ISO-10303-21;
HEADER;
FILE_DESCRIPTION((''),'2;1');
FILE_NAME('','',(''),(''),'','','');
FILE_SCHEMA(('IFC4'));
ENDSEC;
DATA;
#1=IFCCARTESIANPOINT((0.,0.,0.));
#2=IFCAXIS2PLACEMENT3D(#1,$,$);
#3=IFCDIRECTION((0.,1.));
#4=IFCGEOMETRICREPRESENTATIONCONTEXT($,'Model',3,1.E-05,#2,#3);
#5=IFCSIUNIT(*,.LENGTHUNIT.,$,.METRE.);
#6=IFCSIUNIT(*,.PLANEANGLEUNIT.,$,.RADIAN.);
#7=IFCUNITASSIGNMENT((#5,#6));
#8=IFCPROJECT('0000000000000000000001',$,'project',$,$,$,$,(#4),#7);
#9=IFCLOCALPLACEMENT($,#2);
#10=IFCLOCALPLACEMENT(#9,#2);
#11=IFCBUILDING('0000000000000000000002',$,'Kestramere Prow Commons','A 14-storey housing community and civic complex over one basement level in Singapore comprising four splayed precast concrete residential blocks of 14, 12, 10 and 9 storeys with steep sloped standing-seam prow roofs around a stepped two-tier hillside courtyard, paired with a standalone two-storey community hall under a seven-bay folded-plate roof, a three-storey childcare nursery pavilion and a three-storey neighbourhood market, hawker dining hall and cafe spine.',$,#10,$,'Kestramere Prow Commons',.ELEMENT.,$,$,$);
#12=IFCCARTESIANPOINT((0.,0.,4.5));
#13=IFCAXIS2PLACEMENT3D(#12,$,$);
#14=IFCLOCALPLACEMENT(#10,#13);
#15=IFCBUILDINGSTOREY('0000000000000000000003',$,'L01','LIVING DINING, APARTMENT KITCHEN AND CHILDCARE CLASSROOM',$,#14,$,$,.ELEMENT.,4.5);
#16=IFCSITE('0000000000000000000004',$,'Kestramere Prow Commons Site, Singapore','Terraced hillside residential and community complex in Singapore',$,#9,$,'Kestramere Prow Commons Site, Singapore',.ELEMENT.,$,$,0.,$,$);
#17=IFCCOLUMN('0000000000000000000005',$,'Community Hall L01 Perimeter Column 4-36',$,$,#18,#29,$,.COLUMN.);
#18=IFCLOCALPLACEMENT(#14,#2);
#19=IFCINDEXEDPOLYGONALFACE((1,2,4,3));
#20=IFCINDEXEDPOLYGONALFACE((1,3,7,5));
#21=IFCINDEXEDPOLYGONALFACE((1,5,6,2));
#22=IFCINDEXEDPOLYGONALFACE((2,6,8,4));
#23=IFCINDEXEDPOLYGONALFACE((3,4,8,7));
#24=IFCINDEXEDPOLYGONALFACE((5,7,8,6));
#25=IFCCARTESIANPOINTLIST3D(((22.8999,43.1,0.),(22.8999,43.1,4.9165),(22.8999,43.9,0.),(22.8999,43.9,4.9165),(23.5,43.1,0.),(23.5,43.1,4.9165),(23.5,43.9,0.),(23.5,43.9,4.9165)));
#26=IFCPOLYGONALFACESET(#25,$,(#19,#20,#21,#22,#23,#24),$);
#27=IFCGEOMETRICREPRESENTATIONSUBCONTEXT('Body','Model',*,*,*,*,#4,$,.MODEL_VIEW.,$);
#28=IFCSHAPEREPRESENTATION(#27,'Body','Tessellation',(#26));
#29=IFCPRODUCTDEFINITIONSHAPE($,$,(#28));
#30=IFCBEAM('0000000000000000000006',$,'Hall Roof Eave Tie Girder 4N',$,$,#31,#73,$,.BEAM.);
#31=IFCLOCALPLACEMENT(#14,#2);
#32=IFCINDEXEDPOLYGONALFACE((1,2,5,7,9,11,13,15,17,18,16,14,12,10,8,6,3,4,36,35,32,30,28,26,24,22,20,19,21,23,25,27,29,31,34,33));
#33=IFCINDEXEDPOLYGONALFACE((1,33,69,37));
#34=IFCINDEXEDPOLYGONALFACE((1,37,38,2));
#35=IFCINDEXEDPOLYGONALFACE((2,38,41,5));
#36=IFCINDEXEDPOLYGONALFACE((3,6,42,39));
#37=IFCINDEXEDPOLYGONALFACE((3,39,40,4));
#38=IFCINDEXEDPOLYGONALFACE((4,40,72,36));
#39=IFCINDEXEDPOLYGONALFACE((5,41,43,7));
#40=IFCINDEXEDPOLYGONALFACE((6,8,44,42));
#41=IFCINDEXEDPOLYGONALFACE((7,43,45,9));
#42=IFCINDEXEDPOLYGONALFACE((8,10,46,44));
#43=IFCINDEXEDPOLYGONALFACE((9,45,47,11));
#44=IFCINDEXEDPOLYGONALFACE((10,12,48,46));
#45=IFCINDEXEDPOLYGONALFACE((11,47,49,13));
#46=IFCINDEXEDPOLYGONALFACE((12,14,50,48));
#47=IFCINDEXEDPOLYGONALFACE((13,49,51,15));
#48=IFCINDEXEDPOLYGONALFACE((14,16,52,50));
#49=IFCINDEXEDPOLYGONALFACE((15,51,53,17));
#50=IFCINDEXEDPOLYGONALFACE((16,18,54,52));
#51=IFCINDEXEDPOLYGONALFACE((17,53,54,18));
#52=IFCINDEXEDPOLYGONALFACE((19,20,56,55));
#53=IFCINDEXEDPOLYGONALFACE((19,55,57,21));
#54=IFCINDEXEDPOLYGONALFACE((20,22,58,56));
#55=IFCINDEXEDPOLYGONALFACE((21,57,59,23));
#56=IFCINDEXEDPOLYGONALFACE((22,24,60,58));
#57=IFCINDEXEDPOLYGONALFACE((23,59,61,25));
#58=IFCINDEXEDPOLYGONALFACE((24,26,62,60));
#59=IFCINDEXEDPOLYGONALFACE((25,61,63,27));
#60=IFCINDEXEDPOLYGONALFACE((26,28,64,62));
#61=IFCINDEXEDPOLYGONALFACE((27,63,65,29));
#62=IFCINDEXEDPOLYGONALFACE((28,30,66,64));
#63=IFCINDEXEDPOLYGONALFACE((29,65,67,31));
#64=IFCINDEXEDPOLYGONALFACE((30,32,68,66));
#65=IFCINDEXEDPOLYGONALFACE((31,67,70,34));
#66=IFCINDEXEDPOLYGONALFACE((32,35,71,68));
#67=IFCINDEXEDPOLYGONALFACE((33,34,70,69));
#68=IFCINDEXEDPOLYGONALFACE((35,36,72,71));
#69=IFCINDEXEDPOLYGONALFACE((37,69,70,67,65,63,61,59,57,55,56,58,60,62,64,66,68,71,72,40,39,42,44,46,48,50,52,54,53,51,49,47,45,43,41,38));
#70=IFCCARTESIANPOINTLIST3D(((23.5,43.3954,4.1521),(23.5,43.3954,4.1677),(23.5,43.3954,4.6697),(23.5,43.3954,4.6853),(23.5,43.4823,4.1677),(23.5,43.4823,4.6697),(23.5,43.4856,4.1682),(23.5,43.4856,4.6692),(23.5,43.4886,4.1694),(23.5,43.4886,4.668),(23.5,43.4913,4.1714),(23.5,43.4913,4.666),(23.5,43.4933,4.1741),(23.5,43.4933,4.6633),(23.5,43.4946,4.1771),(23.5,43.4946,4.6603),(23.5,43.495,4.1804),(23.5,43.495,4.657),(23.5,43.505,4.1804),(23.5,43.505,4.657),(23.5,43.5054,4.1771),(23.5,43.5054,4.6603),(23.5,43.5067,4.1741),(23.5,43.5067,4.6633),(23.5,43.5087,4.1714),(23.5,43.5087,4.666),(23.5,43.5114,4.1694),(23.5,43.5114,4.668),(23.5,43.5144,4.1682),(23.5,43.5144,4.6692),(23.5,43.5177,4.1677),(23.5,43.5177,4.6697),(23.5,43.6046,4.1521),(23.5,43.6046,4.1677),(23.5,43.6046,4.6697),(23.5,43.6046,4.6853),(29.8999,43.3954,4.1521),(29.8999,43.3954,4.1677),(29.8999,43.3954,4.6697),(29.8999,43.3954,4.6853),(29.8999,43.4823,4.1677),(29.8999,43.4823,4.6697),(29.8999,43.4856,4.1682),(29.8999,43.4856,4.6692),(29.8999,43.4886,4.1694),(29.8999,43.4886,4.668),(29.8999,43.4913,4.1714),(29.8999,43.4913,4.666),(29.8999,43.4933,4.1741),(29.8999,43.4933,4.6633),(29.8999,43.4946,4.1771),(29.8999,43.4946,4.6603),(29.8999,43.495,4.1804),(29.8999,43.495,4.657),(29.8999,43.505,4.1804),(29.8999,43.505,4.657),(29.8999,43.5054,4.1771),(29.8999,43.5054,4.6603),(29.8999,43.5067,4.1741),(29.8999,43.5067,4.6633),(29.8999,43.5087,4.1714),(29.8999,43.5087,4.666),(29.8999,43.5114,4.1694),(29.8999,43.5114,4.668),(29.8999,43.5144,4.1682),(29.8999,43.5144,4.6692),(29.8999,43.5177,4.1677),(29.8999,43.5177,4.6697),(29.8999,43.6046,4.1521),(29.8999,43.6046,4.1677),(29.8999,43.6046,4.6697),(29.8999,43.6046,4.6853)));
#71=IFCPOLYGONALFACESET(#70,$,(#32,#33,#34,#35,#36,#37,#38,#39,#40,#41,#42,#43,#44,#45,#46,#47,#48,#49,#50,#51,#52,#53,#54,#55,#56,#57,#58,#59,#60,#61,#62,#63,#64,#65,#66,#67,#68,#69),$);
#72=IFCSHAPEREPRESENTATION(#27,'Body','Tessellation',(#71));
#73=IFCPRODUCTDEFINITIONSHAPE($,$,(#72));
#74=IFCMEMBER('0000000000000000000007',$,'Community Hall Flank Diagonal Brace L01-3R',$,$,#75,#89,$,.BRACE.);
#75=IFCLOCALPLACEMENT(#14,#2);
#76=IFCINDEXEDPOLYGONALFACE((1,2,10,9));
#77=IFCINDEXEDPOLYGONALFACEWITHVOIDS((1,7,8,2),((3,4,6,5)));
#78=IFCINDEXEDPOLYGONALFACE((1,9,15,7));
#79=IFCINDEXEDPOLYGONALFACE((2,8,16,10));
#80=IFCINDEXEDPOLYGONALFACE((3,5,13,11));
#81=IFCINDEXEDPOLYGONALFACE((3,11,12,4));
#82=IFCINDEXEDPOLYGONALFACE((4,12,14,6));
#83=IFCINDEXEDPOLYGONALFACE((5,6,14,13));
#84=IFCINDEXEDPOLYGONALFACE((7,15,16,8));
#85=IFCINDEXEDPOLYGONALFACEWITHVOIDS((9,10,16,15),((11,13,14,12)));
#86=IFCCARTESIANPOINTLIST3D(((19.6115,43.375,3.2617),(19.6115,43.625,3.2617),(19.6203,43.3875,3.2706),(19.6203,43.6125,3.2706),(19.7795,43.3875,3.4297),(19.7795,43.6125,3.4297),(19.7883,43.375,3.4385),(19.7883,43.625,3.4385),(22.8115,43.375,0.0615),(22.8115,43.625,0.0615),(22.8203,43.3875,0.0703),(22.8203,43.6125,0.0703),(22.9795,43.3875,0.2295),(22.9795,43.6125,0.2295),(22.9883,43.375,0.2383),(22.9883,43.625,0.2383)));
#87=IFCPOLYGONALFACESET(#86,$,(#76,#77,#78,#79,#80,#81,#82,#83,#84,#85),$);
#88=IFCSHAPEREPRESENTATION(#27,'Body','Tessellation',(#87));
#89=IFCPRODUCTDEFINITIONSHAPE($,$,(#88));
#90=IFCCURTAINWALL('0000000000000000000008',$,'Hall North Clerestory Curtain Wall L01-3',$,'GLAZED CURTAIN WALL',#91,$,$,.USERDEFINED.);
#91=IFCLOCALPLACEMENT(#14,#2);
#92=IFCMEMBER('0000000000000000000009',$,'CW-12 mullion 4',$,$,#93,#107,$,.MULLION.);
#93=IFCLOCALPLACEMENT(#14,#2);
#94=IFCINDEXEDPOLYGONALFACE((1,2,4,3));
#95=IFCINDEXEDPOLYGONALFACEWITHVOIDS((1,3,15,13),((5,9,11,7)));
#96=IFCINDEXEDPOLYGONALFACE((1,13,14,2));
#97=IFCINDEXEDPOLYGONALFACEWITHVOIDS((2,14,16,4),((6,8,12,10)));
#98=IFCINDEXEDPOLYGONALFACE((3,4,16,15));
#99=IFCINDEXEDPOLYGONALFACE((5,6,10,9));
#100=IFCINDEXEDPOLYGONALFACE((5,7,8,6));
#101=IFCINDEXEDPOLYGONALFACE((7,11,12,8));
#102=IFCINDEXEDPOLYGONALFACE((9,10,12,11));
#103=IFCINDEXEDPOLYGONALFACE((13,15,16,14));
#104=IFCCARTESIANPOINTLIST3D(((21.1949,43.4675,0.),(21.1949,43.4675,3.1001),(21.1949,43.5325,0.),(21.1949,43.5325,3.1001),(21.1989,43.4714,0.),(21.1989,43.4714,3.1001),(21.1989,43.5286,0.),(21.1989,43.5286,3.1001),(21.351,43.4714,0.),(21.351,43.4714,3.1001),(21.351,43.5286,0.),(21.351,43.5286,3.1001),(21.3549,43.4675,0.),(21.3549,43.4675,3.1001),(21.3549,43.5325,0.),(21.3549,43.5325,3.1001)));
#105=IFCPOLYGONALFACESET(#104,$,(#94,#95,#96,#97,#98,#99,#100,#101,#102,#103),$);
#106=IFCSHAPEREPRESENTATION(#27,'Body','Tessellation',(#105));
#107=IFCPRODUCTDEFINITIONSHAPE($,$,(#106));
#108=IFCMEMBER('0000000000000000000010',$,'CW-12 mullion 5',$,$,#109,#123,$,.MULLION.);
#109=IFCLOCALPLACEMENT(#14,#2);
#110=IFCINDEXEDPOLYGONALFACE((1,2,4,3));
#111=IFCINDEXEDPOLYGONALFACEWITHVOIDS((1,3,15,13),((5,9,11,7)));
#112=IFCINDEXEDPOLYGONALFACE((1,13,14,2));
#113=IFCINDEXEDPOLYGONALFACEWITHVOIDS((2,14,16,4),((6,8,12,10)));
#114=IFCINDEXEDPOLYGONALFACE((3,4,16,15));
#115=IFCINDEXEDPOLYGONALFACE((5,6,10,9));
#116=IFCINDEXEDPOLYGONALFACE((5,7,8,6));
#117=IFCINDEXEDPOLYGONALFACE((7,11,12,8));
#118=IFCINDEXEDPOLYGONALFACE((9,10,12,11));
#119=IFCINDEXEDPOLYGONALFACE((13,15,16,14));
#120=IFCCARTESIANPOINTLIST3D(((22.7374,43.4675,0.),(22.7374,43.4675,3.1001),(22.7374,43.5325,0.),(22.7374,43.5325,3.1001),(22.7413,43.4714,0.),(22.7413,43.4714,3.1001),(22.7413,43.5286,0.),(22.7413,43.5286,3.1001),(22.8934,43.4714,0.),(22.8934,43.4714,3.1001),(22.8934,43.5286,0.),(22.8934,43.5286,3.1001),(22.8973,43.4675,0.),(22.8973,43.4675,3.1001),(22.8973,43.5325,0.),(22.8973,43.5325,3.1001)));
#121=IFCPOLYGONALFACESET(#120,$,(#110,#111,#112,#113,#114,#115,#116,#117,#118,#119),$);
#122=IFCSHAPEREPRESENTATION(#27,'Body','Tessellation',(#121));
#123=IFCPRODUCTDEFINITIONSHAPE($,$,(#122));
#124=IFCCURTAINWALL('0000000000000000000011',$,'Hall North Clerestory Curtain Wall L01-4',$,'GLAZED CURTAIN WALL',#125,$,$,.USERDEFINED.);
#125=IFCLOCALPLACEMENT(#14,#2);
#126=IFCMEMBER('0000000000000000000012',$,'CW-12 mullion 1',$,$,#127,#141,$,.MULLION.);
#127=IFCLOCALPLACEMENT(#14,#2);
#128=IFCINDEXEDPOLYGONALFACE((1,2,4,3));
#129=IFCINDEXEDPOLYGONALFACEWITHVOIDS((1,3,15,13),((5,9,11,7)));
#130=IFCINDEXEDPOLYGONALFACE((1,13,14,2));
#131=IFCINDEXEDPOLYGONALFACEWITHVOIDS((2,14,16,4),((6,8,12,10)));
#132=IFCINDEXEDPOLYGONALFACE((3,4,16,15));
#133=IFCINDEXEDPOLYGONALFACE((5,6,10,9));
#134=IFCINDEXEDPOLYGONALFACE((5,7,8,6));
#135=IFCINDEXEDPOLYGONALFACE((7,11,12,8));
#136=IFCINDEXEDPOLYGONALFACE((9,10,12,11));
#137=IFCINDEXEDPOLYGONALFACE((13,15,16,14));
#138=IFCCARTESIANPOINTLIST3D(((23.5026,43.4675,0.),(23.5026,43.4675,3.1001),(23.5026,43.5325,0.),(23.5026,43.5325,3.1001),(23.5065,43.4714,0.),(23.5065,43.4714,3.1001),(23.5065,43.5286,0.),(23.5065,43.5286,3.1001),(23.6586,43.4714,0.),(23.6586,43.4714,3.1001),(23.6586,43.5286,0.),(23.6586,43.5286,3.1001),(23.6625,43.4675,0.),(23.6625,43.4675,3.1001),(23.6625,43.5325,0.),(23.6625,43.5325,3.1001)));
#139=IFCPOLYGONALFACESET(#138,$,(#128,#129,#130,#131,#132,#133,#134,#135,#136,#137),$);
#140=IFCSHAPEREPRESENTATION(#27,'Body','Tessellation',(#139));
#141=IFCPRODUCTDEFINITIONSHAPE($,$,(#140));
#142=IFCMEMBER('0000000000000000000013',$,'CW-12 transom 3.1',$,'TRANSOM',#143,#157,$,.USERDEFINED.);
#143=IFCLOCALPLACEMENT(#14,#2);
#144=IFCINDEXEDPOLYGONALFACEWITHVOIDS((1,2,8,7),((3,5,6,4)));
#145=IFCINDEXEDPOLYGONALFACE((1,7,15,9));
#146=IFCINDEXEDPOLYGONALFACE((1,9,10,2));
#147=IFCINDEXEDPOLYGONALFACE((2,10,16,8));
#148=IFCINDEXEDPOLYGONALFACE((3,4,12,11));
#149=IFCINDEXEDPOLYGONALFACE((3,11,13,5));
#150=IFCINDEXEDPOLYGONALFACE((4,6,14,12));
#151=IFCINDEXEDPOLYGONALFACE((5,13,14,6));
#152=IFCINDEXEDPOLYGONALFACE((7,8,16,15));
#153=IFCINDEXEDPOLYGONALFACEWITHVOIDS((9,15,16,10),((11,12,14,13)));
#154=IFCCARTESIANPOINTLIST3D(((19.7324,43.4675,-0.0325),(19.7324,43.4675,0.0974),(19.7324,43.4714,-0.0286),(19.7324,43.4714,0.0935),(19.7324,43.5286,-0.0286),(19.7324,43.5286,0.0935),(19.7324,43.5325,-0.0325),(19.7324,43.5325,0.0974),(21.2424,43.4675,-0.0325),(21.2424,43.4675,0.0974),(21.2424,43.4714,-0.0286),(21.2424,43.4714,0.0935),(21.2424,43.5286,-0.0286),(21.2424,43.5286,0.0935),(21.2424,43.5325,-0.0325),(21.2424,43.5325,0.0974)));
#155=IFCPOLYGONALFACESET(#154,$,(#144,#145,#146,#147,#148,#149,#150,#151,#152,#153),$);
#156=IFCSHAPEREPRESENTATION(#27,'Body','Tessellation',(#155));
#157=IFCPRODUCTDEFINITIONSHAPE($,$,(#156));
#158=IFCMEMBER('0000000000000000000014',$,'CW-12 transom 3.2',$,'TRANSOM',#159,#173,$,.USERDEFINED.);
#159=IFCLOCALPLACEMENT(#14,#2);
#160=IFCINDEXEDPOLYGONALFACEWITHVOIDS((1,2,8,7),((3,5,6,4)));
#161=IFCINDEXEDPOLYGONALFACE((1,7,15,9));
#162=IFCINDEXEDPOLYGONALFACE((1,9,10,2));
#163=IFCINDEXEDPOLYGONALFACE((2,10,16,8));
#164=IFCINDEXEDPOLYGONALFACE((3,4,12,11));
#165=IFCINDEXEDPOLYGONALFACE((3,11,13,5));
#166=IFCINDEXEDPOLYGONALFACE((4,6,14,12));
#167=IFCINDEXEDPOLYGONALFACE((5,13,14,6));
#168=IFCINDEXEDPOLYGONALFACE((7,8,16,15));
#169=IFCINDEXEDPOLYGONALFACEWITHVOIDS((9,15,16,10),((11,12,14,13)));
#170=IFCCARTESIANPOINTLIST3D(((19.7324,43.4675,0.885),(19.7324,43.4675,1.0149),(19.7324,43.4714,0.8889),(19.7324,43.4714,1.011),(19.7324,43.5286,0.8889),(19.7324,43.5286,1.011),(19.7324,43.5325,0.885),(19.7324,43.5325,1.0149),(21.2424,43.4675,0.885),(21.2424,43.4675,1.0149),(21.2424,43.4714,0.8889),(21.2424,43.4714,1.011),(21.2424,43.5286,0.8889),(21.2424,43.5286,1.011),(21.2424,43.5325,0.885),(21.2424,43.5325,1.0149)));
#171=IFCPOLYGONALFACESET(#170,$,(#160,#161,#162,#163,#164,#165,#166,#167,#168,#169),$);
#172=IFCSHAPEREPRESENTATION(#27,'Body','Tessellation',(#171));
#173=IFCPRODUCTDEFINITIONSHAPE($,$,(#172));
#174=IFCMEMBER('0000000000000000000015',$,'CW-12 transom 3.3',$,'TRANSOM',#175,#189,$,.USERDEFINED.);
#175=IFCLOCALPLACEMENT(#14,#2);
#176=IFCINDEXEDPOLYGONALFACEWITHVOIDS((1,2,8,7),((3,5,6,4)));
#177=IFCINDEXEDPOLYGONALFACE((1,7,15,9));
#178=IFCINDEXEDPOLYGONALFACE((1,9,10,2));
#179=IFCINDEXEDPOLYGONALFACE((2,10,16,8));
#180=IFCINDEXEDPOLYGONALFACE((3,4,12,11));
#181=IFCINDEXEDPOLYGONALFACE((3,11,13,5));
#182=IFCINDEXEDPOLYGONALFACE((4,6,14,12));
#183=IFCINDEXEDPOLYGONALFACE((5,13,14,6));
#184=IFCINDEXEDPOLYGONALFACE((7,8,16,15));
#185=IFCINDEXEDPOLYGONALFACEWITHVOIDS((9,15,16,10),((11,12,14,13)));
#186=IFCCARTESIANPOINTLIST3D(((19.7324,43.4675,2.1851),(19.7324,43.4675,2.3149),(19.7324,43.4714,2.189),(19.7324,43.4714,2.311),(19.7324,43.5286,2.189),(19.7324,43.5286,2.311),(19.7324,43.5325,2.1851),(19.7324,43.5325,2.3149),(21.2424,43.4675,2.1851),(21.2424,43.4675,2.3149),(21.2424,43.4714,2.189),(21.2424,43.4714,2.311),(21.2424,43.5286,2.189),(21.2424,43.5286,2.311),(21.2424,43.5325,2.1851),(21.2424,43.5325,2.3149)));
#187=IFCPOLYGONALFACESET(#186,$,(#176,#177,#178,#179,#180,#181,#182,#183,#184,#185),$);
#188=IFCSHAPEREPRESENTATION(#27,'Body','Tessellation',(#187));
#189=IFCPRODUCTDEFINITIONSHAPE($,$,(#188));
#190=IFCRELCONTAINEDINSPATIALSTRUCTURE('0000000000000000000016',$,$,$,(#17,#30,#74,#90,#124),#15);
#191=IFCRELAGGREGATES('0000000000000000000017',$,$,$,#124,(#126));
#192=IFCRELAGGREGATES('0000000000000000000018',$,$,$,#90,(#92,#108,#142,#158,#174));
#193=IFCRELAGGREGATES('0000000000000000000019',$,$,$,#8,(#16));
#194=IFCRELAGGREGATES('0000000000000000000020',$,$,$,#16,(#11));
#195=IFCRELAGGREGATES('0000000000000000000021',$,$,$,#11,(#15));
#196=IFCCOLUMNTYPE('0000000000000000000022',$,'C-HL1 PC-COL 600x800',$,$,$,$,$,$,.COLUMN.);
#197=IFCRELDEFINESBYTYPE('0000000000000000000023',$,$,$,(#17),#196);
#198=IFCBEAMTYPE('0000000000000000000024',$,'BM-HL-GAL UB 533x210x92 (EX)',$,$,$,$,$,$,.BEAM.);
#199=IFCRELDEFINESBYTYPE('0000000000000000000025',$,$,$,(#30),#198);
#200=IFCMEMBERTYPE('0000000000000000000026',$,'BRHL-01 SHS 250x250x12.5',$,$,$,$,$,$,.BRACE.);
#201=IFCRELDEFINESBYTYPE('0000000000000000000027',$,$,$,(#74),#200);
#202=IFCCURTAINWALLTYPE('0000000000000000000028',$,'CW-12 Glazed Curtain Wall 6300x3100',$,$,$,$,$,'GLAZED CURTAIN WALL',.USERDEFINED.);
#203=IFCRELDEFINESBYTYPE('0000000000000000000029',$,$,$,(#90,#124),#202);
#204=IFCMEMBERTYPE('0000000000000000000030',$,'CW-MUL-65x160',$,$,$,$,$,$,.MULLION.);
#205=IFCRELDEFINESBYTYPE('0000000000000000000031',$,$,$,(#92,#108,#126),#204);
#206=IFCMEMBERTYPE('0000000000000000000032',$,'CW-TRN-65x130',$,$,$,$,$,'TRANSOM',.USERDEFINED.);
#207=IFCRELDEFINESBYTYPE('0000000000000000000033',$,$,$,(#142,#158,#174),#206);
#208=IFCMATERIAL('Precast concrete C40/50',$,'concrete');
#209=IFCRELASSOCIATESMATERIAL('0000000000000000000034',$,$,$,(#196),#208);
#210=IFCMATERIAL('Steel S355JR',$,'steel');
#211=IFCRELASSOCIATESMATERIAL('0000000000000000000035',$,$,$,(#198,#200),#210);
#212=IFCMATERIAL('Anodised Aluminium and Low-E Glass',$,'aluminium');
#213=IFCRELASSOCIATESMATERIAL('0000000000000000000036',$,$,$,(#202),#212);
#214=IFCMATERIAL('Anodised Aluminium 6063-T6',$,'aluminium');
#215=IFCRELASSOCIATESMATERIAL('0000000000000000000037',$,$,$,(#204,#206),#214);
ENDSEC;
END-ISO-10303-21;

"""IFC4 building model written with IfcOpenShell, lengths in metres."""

from ifc_helpers import new_model, si_unit, direction, frame, origin, origin_2d, place, context, subcontext, project, spatial, rectangle, hollow_rectangle, i_section, extrude, material, material_profile, profile_set, type_object, element, aggregate, save


model = new_model("IFC4")

# Units and contexts
model_context = context("Model", 3, precision=1e-05, world=origin(), true_north=direction((0.0, 1.0)))
body_context = subcontext(model_context, "Body", "Model", "MODEL_VIEW")
ifc_project = project(units=[si_unit("LENGTHUNIT", "METRE"), si_unit("PLANEANGLEUNIT", "RADIAN")], contexts=[model_context])

# Site, building, storey
site_placement = place(None, origin())
site = spatial("IfcSite", under=ifc_project, at=site_placement, Name="Kestramere Prow Commons Site, Singapore", Description="Terraced hillside residential and community complex in Singapore", LongName="Kestramere Prow Commons Site, Singapore", CompositionType="ELEMENT", RefElevation=0.0)
building_placement = place(site_placement, origin())
building = spatial("IfcBuilding", under=site, at=building_placement, Name="Kestramere Prow Commons", Description="A 14-storey housing community and civic complex over one basement level in Singapore comprising four splayed precast concrete residential blocks of 14, 12, 10 and 9 storeys with steep sloped standing-seam prow roofs around a stepped two-tier hillside courtyard, paired with a standalone two-storey community hall under a seven-bay folded-plate roof, a three-storey childcare nursery pavilion and a three-storey neighbourhood market, hawker dining hall and cafe spine.", LongName="Kestramere Prow Commons", CompositionType="ELEMENT")
storey_placement = place(building_placement, frame((0.0, 0.0, 4.5)))
storey = spatial("IfcBuildingStorey", under=building, at=storey_placement, Name="L01", Description="LIVING DINING, APARTMENT KITCHEN AND CHILDCARE CLASSROOM", CompositionType="ELEMENT", Elevation=4.5)

# Column
ifc_material_1 = material(Name="Precast concrete C40/50", Category="concrete")
ifc_material_profile_1 = material_profile(ifc_material_1, rectangle(XDim=0.6001, YDim=0.8, at=origin_2d()), Name="PC-COL 600x800")
ifc_profile_set_1 = profile_set([ifc_material_profile_1], Name="Precast concrete C40/50")
column_type = type_object("IfcColumnType", Name="C-HL1 PC-COL 600x800", PredefinedType="COLUMN", material=ifc_profile_set_1)
column_placement = place(storey_placement, frame((23.2, 43.5, 0.0), z_axis=(0.0, 0.0, 1.0), x_axis=(1.0, 0.0, 0.0)))
element("IfcColumn", 1, at=column_placement, inside=storey, type_object=column_type, Name="Community Hall L01 Perimeter Column 4-36", PredefinedType="COLUMN", context=body_context, shape_type="SweptSolid", body=[
    extrude(rectangle(XDim=0.6001, YDim=0.8, at=origin_2d()), origin(), (0.0, 0.0, 1.0), 4.9165),
])

# Beam
ifc_material_2 = material(Name="Steel S355JR", Category="steel")
ifc_material_profile_2 = material_profile(ifc_material_2, i_section(OverallWidth=0.2092, OverallDepth=0.5332, WebThickness=0.01, FlangeThickness=0.0156, FilletRadius=0.0127, at=origin_2d()), Name="UB 533x210x92")
ifc_profile_set_2 = profile_set([ifc_material_profile_2], Name="Steel S355JR")
beam_type = type_object("IfcBeamType", Name="BM-HL-GAL UB 533x210x92 (EX)", PredefinedType="BEAM", material=ifc_profile_set_2)
beam_placement = place(storey_placement, frame((23.5, 43.5, 4.4187), z_axis=(1.0, 0.0, 0.0), x_axis=(0.0, 1.0, 0.0)))
element("IfcBeam", 2, at=beam_placement, inside=storey, type_object=beam_type, Name="Hall Roof Eave Tie Girder 4N", PredefinedType="BEAM", context=body_context, shape_type="SweptSolid", body=[
    extrude(i_section(OverallWidth=0.2092, OverallDepth=0.5332, WebThickness=0.01, FlangeThickness=0.0156, FilletRadius=0.0127, at=origin_2d()), origin(), (0.0, 0.0, 1.0), 6.3999),
])

# Member
ifc_material_profile_3 = material_profile(ifc_material_2, hollow_rectangle(XDim=0.25, YDim=0.25, WallThickness=0.0125, at=origin_2d()), Name="SHS 250x250x12.5")
ifc_profile_set_3 = profile_set([ifc_material_profile_3], Name="Steel S355JR")
member_type_1 = type_object("IfcMemberType", Name="BRHL-01 SHS 250x250x12.5", PredefinedType="BRACE", material=ifc_profile_set_3)
member_1_placement = place(storey_placement, frame((22.8999, 43.5, 0.1499), z_axis=(-0.70708, 0.0, 0.707134), x_axis=(0.0, -1.0, 0.0)))
element("IfcMember", 3, at=member_1_placement, inside=storey, type_object=member_type_1, Name="Community Hall Flank Diagonal Brace L01-3R", PredefinedType="BRACE", context=body_context, shape_type="SweptSolid", body=[
    extrude(hollow_rectangle(XDim=0.25, YDim=0.25, WallThickness=0.0125, at=origin_2d()), origin(), (0.0, 0.0, 1.0), 4.5256),
])

# Curtain wall, members
ifc_material_3 = material(Name="Anodised Aluminium and Low-E Glass", Category="aluminium")
curtain_wall_type = type_object("IfcCurtainWallType", Name="CW-12 Glazed Curtain Wall 6300x3100", ElementType="GLAZED CURTAIN WALL", PredefinedType="USERDEFINED", material=ifc_material_3)
curtain_wall_1_placement = place(storey_placement, origin())
curtain_wall_1 = element("IfcCurtainWall", 4, at=curtain_wall_1_placement, inside=storey, type_object=curtain_wall_type, Name="Hall North Clerestory Curtain Wall L01-3", ObjectType="GLAZED CURTAIN WALL", PredefinedType="USERDEFINED")
ifc_material_4 = material(Name="Anodised Aluminium 6063-T6", Category="aluminium")
ifc_material_profile_4 = material_profile(ifc_material_4, hollow_rectangle(XDim=0.0649, YDim=0.1599, WallThickness=0.0039, at=origin_2d()), Name="ALU-MUL 65x160")
ifc_profile_set_4 = profile_set([ifc_material_profile_4], Name="Anodised Aluminium 6063-T6")
member_type_2 = type_object("IfcMemberType", Name="CW-MUL-65x160", PredefinedType="MULLION", material=ifc_profile_set_4)
member_2_placement = place(storey_placement, frame((21.2749, 43.5, 0.0), z_axis=(0.0, 0.0, 1.0), x_axis=(0.0, 1.0, 0.0)))
member_2 = element("IfcMember", 5, at=member_2_placement, type_object=member_type_2, Name="CW-12 mullion 4", PredefinedType="MULLION", context=body_context, shape_type="SweptSolid", body=[
    extrude(hollow_rectangle(XDim=0.0649, YDim=0.1599, WallThickness=0.0039, at=origin_2d()), origin(), (0.0, 0.0, 1.0), 3.1001),
])
member_3_placement = place(storey_placement, frame((22.8174, 43.5, 0.0), z_axis=(0.0, 0.0, 1.0), x_axis=(0.0, 1.0, 0.0)))
member_3 = element("IfcMember", 6, at=member_3_placement, type_object=member_type_2, Name="CW-12 mullion 5", PredefinedType="MULLION", context=body_context, shape_type="SweptSolid", body=[
    extrude(hollow_rectangle(XDim=0.0649, YDim=0.1599, WallThickness=0.0039, at=origin_2d()), origin(), (0.0, 0.0, 1.0), 3.1001),
])

# Curtain wall, member
curtain_wall_2_placement = place(storey_placement, origin())
curtain_wall_2 = element("IfcCurtainWall", 7, at=curtain_wall_2_placement, inside=storey, type_object=curtain_wall_type, Name="Hall North Clerestory Curtain Wall L01-4", ObjectType="GLAZED CURTAIN WALL", PredefinedType="USERDEFINED")
member_4_placement = place(storey_placement, frame((23.5825, 43.5, 0.0), z_axis=(0.0, 0.0, 1.0), x_axis=(0.0, 1.0, 0.0)))
member_4 = element("IfcMember", 8, at=member_4_placement, type_object=member_type_2, Name="CW-12 mullion 1", PredefinedType="MULLION", context=body_context, shape_type="SweptSolid", body=[
    extrude(hollow_rectangle(XDim=0.0649, YDim=0.1599, WallThickness=0.0039, at=origin_2d()), origin(), (0.0, 0.0, 1.0), 3.1001),
])
aggregate(curtain_wall_2, [member_4])

# Members
ifc_material_profile_5 = material_profile(ifc_material_4, hollow_rectangle(XDim=0.0649, YDim=0.1299, WallThickness=0.0039, at=origin_2d()), Name="ALU-TRN 65x130")
ifc_profile_set_5 = profile_set([ifc_material_profile_5], Name="Anodised Aluminium 6063-T6")
member_type_3 = type_object("IfcMemberType", Name="CW-TRN-65x130", ElementType="TRANSOM", PredefinedType="USERDEFINED", material=ifc_profile_set_5)
member_5_placement = place(storey_placement, frame((19.7324, 43.5, 0.0325), z_axis=(1.0, 0.0, 0.0), x_axis=(0.0, 1.0, 0.0)))
member_5 = element("IfcMember", 9, at=member_5_placement, type_object=member_type_3, Name="CW-12 transom 3.1", ObjectType="TRANSOM", PredefinedType="USERDEFINED", context=body_context, shape_type="SweptSolid", body=[
    extrude(hollow_rectangle(XDim=0.0649, YDim=0.1299, WallThickness=0.0039, at=origin_2d()), origin(), (0.0, 0.0, 1.0), 1.51),
])
member_6_placement = place(storey_placement, frame((19.7324, 43.5, 0.95), z_axis=(1.0, 0.0, 0.0), x_axis=(0.0, 1.0, 0.0)))
member_6 = element("IfcMember", 10, at=member_6_placement, type_object=member_type_3, Name="CW-12 transom 3.2", ObjectType="TRANSOM", PredefinedType="USERDEFINED", context=body_context, shape_type="SweptSolid", body=[
    extrude(hollow_rectangle(XDim=0.0649, YDim=0.1299, WallThickness=0.0039, at=origin_2d()), origin(), (0.0, 0.0, 1.0), 1.51),
])
member_7_placement = place(storey_placement, frame((19.7324, 43.5, 2.25), z_axis=(1.0, 0.0, 0.0), x_axis=(0.0, 1.0, 0.0)))
member_7 = element("IfcMember", 11, at=member_7_placement, type_object=member_type_3, Name="CW-12 transom 3.3", ObjectType="TRANSOM", PredefinedType="USERDEFINED", context=body_context, shape_type="SweptSolid", body=[
    extrude(hollow_rectangle(XDim=0.0649, YDim=0.1299, WallThickness=0.0039, at=origin_2d()), origin(), (0.0, 0.0, 1.0), 1.51),
])

aggregate(curtain_wall_1, [member_2, member_3, member_5, member_6, member_7])

save(model, "model.ifc")
